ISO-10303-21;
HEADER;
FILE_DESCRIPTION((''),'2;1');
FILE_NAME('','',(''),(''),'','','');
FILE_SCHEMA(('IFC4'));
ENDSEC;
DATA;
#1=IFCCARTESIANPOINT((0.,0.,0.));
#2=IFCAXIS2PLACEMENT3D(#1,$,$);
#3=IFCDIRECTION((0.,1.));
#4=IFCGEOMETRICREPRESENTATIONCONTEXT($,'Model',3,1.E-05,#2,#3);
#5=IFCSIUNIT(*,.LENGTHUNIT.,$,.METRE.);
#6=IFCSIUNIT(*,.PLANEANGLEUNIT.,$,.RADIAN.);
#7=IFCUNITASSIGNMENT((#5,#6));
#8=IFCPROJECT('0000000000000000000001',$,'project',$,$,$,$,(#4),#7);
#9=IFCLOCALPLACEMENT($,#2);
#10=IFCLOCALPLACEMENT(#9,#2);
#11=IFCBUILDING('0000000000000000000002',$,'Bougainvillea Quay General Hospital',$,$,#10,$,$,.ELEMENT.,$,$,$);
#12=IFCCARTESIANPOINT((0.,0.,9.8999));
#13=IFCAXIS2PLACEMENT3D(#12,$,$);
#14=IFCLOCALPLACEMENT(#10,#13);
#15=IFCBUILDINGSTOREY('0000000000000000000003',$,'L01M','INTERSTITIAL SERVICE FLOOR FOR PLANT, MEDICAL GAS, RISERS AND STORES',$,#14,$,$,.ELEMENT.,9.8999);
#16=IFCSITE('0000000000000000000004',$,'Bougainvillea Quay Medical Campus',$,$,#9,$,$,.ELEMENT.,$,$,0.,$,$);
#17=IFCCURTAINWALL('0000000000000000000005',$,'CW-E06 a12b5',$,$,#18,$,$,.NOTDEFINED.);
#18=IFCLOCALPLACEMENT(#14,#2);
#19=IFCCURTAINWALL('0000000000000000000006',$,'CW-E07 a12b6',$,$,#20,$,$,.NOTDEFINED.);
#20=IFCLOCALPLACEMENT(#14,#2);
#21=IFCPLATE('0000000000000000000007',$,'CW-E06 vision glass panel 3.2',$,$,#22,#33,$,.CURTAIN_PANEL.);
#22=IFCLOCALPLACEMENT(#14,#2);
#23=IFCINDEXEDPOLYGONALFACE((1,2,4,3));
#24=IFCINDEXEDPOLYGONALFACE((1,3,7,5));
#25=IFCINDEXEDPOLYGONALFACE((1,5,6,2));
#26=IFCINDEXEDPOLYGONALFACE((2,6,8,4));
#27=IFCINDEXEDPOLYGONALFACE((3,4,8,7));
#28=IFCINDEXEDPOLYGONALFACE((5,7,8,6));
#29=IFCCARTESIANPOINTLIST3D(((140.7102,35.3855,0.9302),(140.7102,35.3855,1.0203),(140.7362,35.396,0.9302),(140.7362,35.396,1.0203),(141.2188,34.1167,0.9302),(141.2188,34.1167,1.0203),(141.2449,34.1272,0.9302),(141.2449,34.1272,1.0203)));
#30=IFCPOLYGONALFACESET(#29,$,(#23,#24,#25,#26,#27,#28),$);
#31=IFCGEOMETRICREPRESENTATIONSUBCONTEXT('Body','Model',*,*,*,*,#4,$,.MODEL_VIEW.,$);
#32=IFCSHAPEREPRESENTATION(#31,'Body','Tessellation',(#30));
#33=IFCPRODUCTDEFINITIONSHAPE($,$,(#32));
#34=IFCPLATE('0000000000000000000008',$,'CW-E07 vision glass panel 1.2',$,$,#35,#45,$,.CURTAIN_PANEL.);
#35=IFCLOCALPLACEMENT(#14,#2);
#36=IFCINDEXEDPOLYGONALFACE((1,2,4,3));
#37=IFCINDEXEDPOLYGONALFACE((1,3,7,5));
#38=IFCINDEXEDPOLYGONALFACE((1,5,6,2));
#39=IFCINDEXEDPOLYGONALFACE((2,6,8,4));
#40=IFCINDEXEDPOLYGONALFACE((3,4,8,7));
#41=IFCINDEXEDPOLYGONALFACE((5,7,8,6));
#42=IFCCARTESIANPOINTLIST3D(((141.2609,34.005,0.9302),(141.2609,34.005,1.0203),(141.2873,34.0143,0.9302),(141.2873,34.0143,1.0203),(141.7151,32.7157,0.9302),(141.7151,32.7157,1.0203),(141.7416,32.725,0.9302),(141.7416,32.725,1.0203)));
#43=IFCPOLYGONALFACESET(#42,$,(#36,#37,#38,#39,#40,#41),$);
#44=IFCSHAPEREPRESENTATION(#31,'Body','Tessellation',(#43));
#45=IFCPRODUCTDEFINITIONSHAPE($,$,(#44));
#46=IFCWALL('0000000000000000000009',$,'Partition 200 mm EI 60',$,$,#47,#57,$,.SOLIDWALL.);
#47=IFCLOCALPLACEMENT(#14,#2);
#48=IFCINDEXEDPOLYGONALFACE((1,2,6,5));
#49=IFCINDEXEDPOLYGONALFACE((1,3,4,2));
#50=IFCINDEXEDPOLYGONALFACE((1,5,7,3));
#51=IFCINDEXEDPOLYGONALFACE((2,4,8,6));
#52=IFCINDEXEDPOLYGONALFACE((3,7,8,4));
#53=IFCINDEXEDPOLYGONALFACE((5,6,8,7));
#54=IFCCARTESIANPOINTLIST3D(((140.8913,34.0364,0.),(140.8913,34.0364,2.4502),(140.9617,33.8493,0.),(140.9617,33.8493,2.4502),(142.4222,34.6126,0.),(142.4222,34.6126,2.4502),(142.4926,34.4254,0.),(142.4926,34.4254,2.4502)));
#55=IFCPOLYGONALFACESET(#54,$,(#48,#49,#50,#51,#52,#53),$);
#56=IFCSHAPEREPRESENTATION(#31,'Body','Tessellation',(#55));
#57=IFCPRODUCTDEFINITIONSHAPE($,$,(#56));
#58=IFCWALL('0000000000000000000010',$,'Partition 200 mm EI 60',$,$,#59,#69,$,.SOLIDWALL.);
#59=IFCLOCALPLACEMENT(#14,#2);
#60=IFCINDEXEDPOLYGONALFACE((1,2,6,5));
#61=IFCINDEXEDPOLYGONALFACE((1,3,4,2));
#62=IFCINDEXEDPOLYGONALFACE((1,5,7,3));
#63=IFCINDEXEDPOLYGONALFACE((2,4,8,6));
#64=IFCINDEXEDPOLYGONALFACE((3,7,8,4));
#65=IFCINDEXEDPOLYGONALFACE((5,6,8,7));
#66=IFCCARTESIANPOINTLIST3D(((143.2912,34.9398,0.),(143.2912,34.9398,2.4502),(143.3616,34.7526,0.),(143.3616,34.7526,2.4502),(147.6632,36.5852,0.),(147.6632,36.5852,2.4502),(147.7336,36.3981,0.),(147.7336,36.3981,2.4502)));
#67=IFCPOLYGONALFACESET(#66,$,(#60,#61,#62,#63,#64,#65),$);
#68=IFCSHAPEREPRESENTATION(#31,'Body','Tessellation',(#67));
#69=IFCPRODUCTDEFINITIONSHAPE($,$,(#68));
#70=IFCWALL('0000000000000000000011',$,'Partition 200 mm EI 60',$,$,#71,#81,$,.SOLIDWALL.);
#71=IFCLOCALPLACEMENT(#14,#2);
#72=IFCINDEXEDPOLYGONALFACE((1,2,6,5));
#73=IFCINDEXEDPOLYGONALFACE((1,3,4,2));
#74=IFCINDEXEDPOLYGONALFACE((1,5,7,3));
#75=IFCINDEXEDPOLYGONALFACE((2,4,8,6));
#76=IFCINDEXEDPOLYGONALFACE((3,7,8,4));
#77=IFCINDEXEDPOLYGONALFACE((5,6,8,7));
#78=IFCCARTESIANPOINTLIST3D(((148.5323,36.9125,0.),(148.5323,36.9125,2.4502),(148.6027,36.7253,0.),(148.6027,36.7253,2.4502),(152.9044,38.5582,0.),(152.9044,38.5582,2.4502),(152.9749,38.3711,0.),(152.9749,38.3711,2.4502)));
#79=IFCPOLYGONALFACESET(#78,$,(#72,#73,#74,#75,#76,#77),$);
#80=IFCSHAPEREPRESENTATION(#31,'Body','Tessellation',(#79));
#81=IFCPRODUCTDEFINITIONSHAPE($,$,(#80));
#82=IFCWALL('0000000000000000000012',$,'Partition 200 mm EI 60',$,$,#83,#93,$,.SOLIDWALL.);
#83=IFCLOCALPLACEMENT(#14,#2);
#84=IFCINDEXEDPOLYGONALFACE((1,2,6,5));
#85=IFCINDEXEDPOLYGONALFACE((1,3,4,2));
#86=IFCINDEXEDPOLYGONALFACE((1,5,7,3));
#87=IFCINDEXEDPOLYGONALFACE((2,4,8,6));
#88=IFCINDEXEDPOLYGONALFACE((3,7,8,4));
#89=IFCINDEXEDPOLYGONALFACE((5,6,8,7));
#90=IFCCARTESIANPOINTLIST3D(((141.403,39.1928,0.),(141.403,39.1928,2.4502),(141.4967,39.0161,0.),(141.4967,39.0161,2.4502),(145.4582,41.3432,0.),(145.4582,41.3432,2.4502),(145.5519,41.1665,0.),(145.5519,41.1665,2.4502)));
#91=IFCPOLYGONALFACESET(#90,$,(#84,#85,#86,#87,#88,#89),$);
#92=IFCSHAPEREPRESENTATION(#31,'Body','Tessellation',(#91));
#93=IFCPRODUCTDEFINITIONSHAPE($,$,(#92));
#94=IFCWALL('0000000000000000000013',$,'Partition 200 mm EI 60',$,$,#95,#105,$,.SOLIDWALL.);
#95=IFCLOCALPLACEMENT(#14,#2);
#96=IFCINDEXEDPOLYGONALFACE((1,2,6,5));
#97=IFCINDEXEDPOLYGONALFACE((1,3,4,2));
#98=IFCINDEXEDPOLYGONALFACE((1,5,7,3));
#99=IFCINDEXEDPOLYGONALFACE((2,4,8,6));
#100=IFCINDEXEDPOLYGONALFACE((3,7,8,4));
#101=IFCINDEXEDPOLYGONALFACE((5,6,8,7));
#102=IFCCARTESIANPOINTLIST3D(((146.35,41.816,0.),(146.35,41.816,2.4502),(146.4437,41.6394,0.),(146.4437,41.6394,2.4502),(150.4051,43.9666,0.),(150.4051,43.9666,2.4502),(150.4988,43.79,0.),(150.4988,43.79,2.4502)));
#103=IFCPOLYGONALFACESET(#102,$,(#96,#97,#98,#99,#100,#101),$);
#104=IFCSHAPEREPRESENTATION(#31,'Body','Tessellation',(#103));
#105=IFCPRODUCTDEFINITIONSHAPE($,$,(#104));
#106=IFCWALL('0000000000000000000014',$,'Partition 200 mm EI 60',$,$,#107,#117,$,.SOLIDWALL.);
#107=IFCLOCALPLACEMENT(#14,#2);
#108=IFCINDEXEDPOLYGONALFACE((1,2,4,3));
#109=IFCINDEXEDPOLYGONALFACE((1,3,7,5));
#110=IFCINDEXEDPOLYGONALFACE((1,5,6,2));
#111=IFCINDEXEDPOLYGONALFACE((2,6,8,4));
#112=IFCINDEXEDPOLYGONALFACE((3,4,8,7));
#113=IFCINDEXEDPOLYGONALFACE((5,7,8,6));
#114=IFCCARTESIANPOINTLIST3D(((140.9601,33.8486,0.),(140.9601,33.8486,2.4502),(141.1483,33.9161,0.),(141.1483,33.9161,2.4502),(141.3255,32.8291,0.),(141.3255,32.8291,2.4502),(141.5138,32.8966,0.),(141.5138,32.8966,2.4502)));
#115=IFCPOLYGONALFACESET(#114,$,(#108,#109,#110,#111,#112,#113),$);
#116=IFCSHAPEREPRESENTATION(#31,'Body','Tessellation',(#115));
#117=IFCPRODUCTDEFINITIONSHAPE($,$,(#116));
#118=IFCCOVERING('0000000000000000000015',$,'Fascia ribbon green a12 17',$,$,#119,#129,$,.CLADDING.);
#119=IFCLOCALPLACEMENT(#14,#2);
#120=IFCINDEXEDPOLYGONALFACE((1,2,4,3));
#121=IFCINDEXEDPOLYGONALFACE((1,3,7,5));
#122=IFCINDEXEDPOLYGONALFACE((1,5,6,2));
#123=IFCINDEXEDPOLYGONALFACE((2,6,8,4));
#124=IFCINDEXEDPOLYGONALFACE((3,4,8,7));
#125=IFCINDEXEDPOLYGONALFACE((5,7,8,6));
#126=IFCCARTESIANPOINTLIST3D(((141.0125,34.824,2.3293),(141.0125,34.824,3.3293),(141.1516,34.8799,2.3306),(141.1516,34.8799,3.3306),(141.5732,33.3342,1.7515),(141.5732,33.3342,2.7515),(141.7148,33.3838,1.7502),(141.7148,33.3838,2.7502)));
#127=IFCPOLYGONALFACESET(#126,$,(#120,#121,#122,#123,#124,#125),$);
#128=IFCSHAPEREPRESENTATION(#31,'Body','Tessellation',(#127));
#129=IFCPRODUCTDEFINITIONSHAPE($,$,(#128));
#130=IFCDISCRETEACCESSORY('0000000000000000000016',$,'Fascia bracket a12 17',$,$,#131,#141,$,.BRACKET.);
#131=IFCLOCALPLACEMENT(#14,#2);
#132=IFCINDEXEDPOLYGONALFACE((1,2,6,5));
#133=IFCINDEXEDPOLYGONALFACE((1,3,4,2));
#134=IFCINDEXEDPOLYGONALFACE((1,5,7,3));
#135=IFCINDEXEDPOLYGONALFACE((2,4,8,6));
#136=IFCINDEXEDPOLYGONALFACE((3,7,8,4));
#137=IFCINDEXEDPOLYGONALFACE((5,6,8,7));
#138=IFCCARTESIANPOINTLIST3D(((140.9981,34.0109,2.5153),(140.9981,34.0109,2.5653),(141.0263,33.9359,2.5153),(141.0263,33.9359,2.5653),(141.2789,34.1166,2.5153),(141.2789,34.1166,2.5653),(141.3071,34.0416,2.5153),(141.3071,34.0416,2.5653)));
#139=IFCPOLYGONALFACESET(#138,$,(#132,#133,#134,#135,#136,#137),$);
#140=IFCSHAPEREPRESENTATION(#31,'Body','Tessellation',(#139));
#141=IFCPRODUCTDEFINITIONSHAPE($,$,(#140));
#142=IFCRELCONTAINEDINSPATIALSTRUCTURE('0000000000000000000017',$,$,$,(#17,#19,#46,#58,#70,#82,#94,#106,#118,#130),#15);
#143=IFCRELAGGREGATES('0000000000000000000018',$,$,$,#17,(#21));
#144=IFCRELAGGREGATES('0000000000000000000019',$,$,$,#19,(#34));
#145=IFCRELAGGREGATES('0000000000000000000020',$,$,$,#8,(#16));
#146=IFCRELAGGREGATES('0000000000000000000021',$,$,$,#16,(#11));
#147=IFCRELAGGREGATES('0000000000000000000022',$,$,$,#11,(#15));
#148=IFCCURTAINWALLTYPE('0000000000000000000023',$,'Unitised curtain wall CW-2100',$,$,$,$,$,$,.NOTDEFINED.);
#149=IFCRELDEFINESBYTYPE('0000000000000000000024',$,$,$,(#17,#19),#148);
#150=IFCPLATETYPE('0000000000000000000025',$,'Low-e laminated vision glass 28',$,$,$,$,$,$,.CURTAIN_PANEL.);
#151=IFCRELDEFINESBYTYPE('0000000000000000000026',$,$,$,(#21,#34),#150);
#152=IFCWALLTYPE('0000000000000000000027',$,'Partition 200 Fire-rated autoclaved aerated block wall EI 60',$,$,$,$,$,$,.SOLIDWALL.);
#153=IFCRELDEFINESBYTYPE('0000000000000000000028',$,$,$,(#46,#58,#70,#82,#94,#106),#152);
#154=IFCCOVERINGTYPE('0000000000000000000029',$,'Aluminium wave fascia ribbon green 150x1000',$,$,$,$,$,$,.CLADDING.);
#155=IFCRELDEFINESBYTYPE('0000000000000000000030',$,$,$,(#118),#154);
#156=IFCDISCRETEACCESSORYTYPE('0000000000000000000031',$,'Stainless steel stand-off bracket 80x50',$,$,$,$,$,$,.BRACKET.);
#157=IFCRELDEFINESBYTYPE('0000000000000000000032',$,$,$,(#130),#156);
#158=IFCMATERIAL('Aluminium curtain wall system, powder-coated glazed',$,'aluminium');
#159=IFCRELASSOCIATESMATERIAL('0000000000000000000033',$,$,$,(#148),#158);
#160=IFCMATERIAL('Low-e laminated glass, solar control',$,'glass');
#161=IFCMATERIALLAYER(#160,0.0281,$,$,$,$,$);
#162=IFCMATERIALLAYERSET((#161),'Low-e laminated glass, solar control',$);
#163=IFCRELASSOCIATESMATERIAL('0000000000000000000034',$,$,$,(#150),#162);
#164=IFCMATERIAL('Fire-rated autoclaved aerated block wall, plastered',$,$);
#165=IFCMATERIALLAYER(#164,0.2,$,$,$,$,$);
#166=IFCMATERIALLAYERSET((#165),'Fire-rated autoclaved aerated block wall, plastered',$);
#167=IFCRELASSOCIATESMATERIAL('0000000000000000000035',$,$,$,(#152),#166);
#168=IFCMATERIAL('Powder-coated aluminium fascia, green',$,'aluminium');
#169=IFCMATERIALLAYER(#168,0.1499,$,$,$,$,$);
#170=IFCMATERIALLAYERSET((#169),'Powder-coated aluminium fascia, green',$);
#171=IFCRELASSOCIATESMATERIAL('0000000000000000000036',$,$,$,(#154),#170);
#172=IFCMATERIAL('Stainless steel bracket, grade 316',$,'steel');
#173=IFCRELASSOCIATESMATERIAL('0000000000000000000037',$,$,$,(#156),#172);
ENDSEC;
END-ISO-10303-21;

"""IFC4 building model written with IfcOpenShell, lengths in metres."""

from ifc_helpers import new_model, si_unit, direction, frame, frame_2d, origin, origin_2d, place, context, subcontext, project, spatial, polyline, rectangle, outline, extrude, material, layer, layer_set, material_profile, profile_set, type_object, element, aggregate, save


model = new_model("IFC4")

# Units and contexts
model_context = context("Model", 3, precision=1e-05, world=origin(), true_north=direction((0.0, 1.0)))
body_context = subcontext(model_context, "Body", "Model", "MODEL_VIEW")
ifc_project = project(units=[si_unit("LENGTHUNIT", "METRE"), si_unit("PLANEANGLEUNIT", "RADIAN")], contexts=[model_context])

# Site, building, storey
site_placement = place(None, origin())
site = spatial("IfcSite", under=ifc_project, at=site_placement, Name="Bougainvillea Quay Medical Campus", CompositionType="ELEMENT", RefElevation=0.0)
building_placement = place(site_placement, origin())
building = spatial("IfcBuilding", under=site, at=building_placement, Name="Bougainvillea Quay General Hospital", CompositionType="ELEMENT")
storey_placement = place(building_placement, frame((0.0, 0.0, 9.8999)))
storey = spatial("IfcBuildingStorey", under=building, at=storey_placement, Name="L01M", Description="INTERSTITIAL SERVICE FLOOR FOR PLANT, MEDICAL GAS, RISERS AND STORES", CompositionType="ELEMENT", Elevation=9.8999)

# Curtain walls
ifc_material_1 = material(Name="Aluminium curtain wall system, powder-coated glazed", Category="aluminium")
curtain_wall_type = type_object("IfcCurtainWallType", Name="Unitised curtain wall CW-2100", PredefinedType="NOTDEFINED", material=ifc_material_1)
curtain_wall_1_placement = place(storey_placement, origin())
curtain_wall_1 = element("IfcCurtainWall", 1, at=curtain_wall_1_placement, inside=storey, type_object=curtain_wall_type, Name="CW-E06 a12b5", PredefinedType="NOTDEFINED")
curtain_wall_2_placement = place(storey_placement, origin())
curtain_wall_2 = element("IfcCurtainWall", 2, at=curtain_wall_2_placement, inside=storey, type_object=curtain_wall_type, Name="CW-E07 a12b6", PredefinedType="NOTDEFINED")

# Plates
ifc_material_2 = material(Name="Low-e laminated glass, solar control", Category="glass")
ifc_layer_1 = layer(ifc_material_2, 0.0281)
ifc_layer_set_1 = layer_set([ifc_layer_1], Name="Low-e laminated glass, solar control")
plate_type_1 = type_object("IfcPlateType", Name="Low-e laminated vision glass 28", PredefinedType="CURTAIN_PANEL", material=ifc_layer_set_1)
plate_1_placement = place(storey_placement, frame((140.9775, 34.7563, 0.9302), z_axis=(0.0, 0.0, 1.0), x_axis=(0.372124, -0.928183, 0.0)))
plate_1 = element("IfcPlate", 3, at=plate_1_placement, type_object=plate_type_1, Name="CW-E06 vision glass panel 3.2", PredefinedType="CURTAIN_PANEL", context=body_context, shape_type="SweptSolid", body=[
    extrude(rectangle(XDim=1.3669, YDim=0.0281, at=origin_2d()), origin(), (0.0, 0.0, 1.0), 0.0901),
])
aggregate(curtain_wall_1, [plate_1])
plate_2_placement = place(storey_placement, frame((141.5012, 33.365, 0.9302), z_axis=(0.0, 0.0, 1.0), x_axis=(0.332315, -0.943169, 0.0)))
plate_2 = element("IfcPlate", 4, at=plate_2_placement, type_object=plate_type_1, Name="CW-E07 vision glass panel 1.2", PredefinedType="CURTAIN_PANEL", context=body_context, shape_type="SweptSolid", body=[
    extrude(rectangle(XDim=1.3669, YDim=0.0281, at=origin_2d()), origin(), (0.0, 0.0, 1.0), 0.0901),
])
aggregate(curtain_wall_2, [plate_2])

# Walls
ifc_material_3 = material(Name="Fire-rated autoclaved aerated block wall, plastered")
ifc_layer_2 = layer(ifc_material_3, 0.2)
ifc_layer_set_2 = layer_set([ifc_layer_2], Name="Fire-rated autoclaved aerated block wall, plastered")
wall_type = type_object("IfcWallType", Name="Partition 200 Fire-rated autoclaved aerated block wall EI 60", PredefinedType="SOLIDWALL", material=ifc_layer_set_2)
wall_1_placement = place(storey_placement, frame((140.9265, 33.9429, 0.0), z_axis=(0.0, 0.0, 1.0), x_axis=(0.935918, 0.352219, 0.0)))
element("IfcWall", 5, at=wall_1_placement, inside=storey, type_object=wall_type, Name="Partition 200 mm EI 60", PredefinedType="SOLIDWALL", context=body_context, shape_type="SweptSolid", body=[
    extrude(rectangle(XDim=1.6357, YDim=0.2, at=frame_2d((0.8179, 0.0))), origin(), (0.0, 0.0, 1.0), 2.4502),
])
wall_2_placement = place(storey_placement, frame((143.3264, 34.8462, 0.0), z_axis=(0.0, 0.0, 1.0), x_axis=(0.935908, 0.352246, 0.0)))
element("IfcWall", 6, at=wall_2_placement, inside=storey, type_object=wall_type, Name="Partition 200 mm EI 60", PredefinedType="SOLIDWALL", context=body_context, shape_type="SweptSolid", body=[
    extrude(rectangle(XDim=4.6714, YDim=0.2, at=frame_2d((2.3357, 0.0))), origin(), (0.0, 0.0, 1.0), 2.4502),
])
wall_3_placement = place(storey_placement, frame((148.5674, 36.8188, 0.0), z_axis=(0.0, 0.0, 1.0), x_axis=(0.93589, 0.352292, 0.0)))
element("IfcWall", 7, at=wall_3_placement, inside=storey, type_object=wall_type, Name="Partition 200 mm EI 60", PredefinedType="SOLIDWALL", context=body_context, shape_type="SweptSolid", body=[
    extrude(rectangle(XDim=4.6716, YDim=0.2, at=frame_2d((2.3359, 0.0))), origin(), (0.0, 0.0, 1.0), 2.4502),
])
for number, where, z_axis, x_axis, name in (
    (8, (141.45, 39.1045, 0.0), (0.0, 0.0, 1.0), (0.883469, 0.468489, 0.0), "Partition 200 mm EI 60"),
    (9, (146.397, 41.7278, 0.0), (0.0, 0.0, 1.0), (0.883447, 0.46853, 0.0), "Partition 200 mm EI 60"),
):
    element("IfcWall", number, at=place(storey_placement, frame(where, z_axis=z_axis, x_axis=x_axis)), inside=storey, type_object=wall_type, Name=name, PredefinedType="SOLIDWALL", context=body_context, shape_type="SweptSolid", body=[
        extrude(rectangle(XDim=4.5901, YDim=0.2, at=frame_2d((2.2949, 0.0))), origin(), (0.0, 0.0, 1.0), 2.4502),
    ])
wall_4_placement = place(storey_placement, frame((141.0542, 33.8823, 0.0), z_axis=(0.0, 0.0, 1.0), x_axis=(0.33745, -0.941343, 0.0)))
element("IfcWall", 10, at=wall_4_placement, inside=storey, type_object=wall_type, Name="Partition 200 mm EI 60", PredefinedType="SOLIDWALL", context=body_context, shape_type="SweptSolid", body=[
    extrude(rectangle(XDim=1.083, YDim=0.2, at=frame_2d((0.5415, 0.0))), origin(), (0.0, 0.0, 1.0), 2.4502),
])

# Covering
ifc_material_4 = material(Name="Powder-coated aluminium fascia, green", Category="aluminium")
ifc_layer_3 = layer(ifc_material_4, 0.1499)
ifc_layer_set_3 = layer_set([ifc_layer_3], Name="Powder-coated aluminium fascia, green")
covering_type = type_object("IfcCoveringType", Name="Aluminium wave fascia ribbon green 150x1000", PredefinedType="CLADDING", material=ifc_layer_set_3)
covering_placement = place(storey_placement, frame((141.0125, 34.824, 2.3293), z_axis=(0.119999, -0.319442, 0.939977), x_axis=(0.331154, -0.879713, -0.341237)))
element("IfcCovering", 11, at=covering_placement, inside=storey, type_object=covering_type, Name="Fascia ribbon green a12 17", PredefinedType="CLADDING", context=body_context, shape_type="SweptSolid", body=[
    extrude(outline(polyline([(0.0, 0.0), (1.6935, 0.0), (1.6972, 0.15), (-0.0035, 0.1499), (0.0, 0.0)])), origin(), (-0.341237, 0.00022, 0.939977), 1.0),
])

# Discrete accessory
ifc_material_5 = material(Name="Stainless steel bracket, grade 316", Category="steel")
ifc_material_profile_1 = material_profile(ifc_material_5, rectangle(XDim=0.0801, YDim=0.05, at=origin_2d()))
ifc_profile_set_1 = profile_set([ifc_material_profile_1], Name="Stainless steel bracket, grade 316")
discrete_accessory_type = type_object("IfcDiscreteAccessoryType", Name="Stainless steel stand-off bracket 80x50", PredefinedType="BRACKET", material=ifc_profile_set_1)
discrete_accessory_placement = place(storey_placement, frame((141.0122, 33.9734, 2.5403), z_axis=(0.93586, 0.352372, 0.0), x_axis=(-0.352372, 0.93586, 0.0)))
element("IfcDiscreteAccessory", 12, at=discrete_accessory_placement, inside=storey, type_object=discrete_accessory_type, Name="Fascia bracket a12 17", PredefinedType="BRACKET", context=body_context, shape_type="SweptSolid", body=[
    extrude(rectangle(XDim=0.0801, YDim=0.05, at=origin_2d()), origin(), (0.0, 0.0, 1.0), 0.3),
])

save(model, "model.ifc")
